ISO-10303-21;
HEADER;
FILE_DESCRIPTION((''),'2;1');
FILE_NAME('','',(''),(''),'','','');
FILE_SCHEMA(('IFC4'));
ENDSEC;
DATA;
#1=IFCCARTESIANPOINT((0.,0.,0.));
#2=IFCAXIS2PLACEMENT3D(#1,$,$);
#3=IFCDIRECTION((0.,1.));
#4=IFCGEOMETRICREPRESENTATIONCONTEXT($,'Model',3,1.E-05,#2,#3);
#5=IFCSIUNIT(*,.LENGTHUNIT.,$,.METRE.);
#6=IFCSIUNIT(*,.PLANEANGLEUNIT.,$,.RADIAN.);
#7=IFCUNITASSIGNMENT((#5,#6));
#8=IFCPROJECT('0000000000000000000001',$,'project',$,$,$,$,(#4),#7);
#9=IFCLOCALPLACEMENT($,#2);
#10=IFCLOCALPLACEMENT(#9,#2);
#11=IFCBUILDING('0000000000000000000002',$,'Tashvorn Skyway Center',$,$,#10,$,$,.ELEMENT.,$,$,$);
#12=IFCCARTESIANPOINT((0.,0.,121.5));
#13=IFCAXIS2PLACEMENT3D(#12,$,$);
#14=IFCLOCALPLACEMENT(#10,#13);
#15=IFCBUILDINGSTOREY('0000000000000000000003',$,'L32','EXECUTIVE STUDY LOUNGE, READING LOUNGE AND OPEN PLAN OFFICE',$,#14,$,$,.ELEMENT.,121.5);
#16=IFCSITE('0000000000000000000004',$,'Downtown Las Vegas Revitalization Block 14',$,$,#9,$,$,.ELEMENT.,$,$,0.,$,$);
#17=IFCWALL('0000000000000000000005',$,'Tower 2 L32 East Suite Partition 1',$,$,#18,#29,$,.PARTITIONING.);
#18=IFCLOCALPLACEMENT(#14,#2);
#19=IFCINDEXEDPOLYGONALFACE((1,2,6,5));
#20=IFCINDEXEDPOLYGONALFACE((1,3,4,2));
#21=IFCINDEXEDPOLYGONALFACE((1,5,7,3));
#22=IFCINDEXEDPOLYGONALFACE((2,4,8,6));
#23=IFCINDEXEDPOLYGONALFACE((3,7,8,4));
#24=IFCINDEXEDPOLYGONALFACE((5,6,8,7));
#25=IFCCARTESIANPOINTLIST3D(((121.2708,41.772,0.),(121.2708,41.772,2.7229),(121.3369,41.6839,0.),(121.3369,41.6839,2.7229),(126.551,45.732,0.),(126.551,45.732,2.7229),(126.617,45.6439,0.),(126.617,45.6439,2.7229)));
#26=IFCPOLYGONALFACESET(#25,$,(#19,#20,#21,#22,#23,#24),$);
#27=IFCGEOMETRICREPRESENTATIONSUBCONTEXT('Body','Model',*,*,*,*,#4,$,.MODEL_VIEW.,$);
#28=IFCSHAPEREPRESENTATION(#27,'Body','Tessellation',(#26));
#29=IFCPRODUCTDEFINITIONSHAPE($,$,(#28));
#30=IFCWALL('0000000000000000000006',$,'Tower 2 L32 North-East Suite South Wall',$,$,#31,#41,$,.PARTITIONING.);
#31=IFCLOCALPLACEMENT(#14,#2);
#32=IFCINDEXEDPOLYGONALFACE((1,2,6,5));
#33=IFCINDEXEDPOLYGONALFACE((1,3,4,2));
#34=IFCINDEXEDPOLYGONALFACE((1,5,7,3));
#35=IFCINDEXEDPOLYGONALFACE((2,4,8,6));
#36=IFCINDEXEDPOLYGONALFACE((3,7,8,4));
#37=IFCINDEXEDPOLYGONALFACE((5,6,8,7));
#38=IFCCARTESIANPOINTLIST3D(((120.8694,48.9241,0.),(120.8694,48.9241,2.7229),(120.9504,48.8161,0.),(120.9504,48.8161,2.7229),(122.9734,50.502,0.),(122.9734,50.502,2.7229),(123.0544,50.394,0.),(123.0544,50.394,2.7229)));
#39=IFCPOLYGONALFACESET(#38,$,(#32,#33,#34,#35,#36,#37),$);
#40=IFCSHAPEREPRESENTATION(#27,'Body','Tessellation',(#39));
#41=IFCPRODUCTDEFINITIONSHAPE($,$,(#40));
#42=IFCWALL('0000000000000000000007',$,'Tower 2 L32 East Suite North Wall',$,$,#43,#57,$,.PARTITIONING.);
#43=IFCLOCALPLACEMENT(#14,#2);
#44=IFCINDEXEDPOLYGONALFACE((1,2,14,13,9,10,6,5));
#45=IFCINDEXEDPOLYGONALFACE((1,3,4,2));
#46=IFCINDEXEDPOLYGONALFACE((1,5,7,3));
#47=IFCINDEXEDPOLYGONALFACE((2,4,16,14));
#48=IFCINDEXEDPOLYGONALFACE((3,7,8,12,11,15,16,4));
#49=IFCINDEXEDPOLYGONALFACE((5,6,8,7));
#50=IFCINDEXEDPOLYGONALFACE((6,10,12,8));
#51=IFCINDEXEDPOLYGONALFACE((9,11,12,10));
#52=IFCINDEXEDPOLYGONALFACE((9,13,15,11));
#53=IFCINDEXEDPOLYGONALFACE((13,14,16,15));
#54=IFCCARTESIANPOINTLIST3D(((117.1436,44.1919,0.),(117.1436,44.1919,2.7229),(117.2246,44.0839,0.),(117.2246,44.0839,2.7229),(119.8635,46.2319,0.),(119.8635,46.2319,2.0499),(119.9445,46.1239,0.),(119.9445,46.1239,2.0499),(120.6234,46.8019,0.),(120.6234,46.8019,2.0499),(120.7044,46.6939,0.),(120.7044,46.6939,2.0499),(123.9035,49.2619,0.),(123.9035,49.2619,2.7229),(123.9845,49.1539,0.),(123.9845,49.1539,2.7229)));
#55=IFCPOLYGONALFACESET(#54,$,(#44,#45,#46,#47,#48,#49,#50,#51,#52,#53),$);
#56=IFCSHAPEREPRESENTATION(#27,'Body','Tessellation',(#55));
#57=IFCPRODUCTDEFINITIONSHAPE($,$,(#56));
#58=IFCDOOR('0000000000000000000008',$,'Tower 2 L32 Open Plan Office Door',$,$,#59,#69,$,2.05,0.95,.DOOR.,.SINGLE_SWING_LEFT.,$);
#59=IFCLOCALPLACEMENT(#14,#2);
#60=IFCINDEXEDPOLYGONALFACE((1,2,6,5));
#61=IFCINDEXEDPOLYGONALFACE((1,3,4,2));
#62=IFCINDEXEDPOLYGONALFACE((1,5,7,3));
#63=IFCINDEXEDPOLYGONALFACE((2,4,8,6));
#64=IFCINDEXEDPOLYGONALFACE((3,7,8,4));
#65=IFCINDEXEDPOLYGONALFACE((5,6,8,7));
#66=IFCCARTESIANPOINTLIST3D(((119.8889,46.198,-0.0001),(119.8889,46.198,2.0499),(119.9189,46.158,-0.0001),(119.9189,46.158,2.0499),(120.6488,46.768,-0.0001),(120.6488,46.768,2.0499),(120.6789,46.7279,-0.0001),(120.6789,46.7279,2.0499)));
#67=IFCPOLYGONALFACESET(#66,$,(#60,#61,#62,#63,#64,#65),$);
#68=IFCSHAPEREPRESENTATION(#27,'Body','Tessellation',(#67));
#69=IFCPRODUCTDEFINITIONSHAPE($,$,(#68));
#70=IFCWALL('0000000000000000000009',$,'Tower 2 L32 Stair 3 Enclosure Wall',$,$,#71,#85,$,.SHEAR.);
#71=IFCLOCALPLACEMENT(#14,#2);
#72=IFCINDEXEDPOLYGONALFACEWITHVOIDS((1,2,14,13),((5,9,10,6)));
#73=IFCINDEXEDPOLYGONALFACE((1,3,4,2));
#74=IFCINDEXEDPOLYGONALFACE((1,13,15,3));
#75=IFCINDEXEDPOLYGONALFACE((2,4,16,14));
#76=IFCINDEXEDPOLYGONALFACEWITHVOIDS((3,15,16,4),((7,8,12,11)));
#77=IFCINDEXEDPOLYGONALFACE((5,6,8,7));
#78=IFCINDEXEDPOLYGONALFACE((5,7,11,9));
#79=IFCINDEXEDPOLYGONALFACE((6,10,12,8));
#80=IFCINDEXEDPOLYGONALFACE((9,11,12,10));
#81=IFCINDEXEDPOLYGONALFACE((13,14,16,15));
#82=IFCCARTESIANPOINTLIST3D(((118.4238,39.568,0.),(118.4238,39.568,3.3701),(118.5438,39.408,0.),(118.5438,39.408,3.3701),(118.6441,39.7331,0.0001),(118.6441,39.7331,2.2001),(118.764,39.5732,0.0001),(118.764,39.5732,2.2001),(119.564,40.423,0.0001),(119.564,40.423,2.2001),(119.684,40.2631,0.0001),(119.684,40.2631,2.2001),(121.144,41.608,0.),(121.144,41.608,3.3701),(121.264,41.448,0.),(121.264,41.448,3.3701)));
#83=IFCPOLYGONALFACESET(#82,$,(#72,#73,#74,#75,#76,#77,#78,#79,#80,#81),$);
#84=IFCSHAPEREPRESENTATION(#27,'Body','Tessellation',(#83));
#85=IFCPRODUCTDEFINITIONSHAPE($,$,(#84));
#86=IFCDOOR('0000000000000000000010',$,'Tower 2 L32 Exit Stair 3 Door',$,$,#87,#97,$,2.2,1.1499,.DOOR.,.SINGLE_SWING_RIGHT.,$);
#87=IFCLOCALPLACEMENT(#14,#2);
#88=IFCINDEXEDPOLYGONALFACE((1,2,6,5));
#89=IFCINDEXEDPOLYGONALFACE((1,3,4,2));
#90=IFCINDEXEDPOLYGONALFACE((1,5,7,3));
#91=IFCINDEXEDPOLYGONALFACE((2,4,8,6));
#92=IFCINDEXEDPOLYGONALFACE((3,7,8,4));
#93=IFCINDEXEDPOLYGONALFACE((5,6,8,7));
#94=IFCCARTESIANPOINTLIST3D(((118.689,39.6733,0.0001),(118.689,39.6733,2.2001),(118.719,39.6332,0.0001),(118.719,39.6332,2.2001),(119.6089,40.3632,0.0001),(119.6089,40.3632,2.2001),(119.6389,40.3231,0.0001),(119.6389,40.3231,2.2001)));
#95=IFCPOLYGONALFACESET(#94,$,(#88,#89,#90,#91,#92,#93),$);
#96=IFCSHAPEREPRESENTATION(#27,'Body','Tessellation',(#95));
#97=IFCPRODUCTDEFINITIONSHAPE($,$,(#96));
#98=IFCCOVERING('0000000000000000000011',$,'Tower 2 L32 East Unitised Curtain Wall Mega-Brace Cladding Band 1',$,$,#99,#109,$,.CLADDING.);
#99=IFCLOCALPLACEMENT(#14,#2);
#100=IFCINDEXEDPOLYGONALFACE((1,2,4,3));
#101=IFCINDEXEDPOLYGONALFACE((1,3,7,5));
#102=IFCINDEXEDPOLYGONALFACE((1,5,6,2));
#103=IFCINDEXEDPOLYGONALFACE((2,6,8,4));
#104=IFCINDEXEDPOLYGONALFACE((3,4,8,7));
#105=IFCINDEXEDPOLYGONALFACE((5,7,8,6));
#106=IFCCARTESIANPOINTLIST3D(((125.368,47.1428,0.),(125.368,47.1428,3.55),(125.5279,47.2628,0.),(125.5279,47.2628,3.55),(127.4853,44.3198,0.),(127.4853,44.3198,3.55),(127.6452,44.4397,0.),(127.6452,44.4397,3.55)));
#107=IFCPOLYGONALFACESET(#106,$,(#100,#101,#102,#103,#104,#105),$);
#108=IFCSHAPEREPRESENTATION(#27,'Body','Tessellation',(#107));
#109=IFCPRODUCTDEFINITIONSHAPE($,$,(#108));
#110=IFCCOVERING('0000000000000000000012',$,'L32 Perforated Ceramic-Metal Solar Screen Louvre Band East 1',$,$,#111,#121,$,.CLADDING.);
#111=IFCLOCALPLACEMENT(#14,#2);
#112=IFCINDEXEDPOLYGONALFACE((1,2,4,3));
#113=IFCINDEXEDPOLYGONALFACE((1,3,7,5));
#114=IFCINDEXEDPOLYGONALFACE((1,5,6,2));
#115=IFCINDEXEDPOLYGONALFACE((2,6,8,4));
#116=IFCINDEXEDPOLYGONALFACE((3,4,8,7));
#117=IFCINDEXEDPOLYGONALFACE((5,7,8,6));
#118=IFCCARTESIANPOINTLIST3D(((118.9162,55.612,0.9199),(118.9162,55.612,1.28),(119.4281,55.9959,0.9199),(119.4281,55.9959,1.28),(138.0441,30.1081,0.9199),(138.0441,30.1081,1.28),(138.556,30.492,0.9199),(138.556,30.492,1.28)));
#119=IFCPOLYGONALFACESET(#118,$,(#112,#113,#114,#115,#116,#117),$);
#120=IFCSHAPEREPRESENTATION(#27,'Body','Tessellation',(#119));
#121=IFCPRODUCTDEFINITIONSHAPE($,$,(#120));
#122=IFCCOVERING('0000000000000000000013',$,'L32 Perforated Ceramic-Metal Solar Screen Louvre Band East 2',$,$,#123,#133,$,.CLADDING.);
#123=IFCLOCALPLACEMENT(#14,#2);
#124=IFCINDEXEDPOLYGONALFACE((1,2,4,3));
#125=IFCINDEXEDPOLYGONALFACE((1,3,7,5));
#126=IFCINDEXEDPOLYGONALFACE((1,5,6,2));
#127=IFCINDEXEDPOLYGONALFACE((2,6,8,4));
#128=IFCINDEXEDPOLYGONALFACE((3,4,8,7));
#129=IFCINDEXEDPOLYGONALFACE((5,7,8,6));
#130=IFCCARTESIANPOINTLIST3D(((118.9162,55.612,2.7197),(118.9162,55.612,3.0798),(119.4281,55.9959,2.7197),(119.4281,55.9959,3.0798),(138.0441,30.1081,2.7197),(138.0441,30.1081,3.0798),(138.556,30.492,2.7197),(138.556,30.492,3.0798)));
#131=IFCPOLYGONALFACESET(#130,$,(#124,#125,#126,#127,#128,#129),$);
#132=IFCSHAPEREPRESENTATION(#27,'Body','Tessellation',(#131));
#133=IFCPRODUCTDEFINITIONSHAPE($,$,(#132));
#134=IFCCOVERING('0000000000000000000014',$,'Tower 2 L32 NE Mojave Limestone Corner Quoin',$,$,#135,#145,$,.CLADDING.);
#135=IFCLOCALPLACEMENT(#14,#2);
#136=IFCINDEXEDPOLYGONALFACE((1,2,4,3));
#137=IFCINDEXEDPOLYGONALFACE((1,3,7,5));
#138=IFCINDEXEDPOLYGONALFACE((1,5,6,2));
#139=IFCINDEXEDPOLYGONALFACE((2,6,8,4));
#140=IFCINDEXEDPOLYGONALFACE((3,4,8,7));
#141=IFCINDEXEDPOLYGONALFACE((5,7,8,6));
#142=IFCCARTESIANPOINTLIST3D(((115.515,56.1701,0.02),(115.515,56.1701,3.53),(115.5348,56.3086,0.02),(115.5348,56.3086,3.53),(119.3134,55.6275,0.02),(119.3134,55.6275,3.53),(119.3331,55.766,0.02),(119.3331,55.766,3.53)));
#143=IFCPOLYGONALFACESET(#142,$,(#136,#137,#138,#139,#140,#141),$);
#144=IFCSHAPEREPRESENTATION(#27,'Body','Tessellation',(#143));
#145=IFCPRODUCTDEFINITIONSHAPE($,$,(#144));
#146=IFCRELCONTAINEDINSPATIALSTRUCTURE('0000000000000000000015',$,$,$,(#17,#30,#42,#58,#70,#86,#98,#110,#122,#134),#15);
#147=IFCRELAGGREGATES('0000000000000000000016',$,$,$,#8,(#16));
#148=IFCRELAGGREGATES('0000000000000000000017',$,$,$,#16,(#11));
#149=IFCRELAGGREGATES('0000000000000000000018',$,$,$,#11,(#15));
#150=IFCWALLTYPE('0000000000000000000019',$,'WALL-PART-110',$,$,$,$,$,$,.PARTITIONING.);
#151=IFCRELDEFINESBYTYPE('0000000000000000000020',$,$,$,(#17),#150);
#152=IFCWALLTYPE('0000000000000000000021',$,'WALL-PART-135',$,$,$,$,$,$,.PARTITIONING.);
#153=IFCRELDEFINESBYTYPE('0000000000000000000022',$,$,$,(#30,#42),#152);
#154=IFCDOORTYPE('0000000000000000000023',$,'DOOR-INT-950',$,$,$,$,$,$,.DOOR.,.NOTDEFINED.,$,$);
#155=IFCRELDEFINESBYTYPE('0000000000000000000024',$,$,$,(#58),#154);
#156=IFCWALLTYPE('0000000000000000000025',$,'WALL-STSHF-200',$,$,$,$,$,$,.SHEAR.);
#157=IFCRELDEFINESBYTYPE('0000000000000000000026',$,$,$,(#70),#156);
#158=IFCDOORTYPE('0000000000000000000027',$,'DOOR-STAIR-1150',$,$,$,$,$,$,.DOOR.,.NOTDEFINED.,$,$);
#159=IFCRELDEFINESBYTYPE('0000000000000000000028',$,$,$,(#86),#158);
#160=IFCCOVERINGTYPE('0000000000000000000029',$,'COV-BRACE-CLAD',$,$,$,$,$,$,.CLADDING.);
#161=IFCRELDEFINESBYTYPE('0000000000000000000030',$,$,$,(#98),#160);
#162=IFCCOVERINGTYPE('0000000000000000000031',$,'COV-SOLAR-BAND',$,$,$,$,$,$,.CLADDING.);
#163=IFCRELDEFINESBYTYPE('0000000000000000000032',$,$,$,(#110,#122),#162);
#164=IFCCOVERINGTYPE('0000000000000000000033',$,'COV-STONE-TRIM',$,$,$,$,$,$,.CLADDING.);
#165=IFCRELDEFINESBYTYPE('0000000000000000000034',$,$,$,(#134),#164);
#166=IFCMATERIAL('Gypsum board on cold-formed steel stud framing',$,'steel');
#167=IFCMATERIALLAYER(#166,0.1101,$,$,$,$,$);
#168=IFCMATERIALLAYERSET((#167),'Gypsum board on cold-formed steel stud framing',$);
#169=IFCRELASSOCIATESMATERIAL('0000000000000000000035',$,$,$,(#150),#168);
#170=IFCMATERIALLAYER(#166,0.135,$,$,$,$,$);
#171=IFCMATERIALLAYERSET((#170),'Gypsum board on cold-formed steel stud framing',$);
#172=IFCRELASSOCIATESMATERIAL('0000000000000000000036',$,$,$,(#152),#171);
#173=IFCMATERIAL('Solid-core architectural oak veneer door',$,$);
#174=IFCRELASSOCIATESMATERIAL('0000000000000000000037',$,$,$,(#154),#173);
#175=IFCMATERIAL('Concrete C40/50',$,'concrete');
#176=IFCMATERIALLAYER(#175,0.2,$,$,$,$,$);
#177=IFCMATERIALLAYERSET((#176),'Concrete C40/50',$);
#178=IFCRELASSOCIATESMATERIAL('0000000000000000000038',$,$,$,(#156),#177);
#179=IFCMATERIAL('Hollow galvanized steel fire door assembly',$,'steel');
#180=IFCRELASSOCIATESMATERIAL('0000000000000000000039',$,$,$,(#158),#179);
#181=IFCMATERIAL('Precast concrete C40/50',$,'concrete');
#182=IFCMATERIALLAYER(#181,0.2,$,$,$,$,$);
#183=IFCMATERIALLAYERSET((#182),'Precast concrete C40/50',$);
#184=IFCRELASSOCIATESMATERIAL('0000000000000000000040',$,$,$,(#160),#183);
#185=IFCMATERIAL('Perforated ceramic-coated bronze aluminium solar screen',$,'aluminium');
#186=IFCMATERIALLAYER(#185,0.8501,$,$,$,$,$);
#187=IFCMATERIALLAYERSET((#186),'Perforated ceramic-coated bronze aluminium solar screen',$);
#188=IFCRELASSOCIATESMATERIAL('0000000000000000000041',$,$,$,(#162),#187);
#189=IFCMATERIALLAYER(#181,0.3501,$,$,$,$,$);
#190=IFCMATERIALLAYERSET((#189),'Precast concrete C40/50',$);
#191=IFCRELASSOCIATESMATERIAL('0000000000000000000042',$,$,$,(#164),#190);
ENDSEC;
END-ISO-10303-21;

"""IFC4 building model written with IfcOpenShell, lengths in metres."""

from ifc_helpers import new_model, si_unit, direction, frame, frame_2d, origin, origin_2d, place, context, subcontext, project, spatial, rectangle, extrude, material, layer, layer_set, type_object, element, fill, save


model = new_model("IFC4")

# Units and contexts
model_context = context("Model", 3, precision=1e-05, world=origin(), true_north=direction((0.0, 1.0)))
body_context = subcontext(model_context, "Body", "Model", "MODEL_VIEW")
ifc_project = project(units=[si_unit("LENGTHUNIT", "METRE"), si_unit("PLANEANGLEUNIT", "RADIAN")], contexts=[model_context])

# Site, building, storey
site_placement = place(None, origin())
site = spatial("IfcSite", under=ifc_project, at=site_placement, Name="Downtown Las Vegas Revitalization Block 14", CompositionType="ELEMENT", RefElevation=0.0)
building_placement = place(site_placement, origin())
building = spatial("IfcBuilding", under=site, at=building_placement, Name="Tashvorn Skyway Center", CompositionType="ELEMENT")
storey_placement = place(building_placement, frame((0.0, 0.0, 121.5)))
storey = spatial("IfcBuildingStorey", under=building, at=storey_placement, Name="L32", Description="EXECUTIVE STUDY LOUNGE, READING LOUNGE AND OPEN PLAN OFFICE", CompositionType="ELEMENT", Elevation=121.5)

# Walls
ifc_material_1 = material(Name="Precast concrete C40/50", Category="concrete")
ifc_material_2 = material(Name="Gypsum board on cold-formed steel stud framing", Category="steel")
ifc_layer_1 = layer(ifc_material_2, 0.1101)
ifc_layer_set_1 = layer_set([ifc_layer_1], Name="Gypsum board on cold-formed steel stud framing")
wall_type_1 = type_object("IfcWallType", Name="WALL-PART-110", PredefinedType="PARTITIONING", material=ifc_layer_set_1)
wall_1_placement = place(storey_placement, frame((126.584, 45.688, 0.0), z_axis=(0.0, 0.0, 1.0), x_axis=(-0.800004, -0.599994, 0.0)))
element("IfcWall", 1, at=wall_1_placement, inside=storey, type_object=wall_type_1, Name="Tower 2 L32 East Suite Partition 1", PredefinedType="PARTITIONING", context=body_context, shape_type="SweptSolid", body=[
    extrude(rectangle(XDim=6.6001, YDim=0.1101, at=frame_2d((3.3, 0.0))), origin(), (0.0, 0.0, 1.0), 2.7229),
])
ifc_layer_2 = layer(ifc_material_2, 0.135)
ifc_layer_set_2 = layer_set([ifc_layer_2], Name="Gypsum board on cold-formed steel stud framing")
wall_type_2 = type_object("IfcWallType", Name="WALL-PART-135", PredefinedType="PARTITIONING", material=ifc_layer_set_2)
wall_2_placement = place(storey_placement, frame((120.9099, 48.8701, 0.0), z_axis=(0.0, 0.0, 1.0), x_axis=(0.800022, 0.59997, 0.0)))
element("IfcWall", 2, at=wall_2_placement, inside=storey, type_object=wall_type_2, Name="Tower 2 L32 North-East Suite South Wall", PredefinedType="PARTITIONING", context=body_context, shape_type="SweptSolid", body=[
    extrude(rectangle(XDim=2.6299, YDim=0.135, at=frame_2d((1.3149, 0.0))), origin(), (0.0, 0.0, 1.0), 2.7229),
])

# Walls, openings, doors
wall_3_placement = place(storey_placement, frame((123.9441, 49.208, 0.0), z_axis=(0.0, 0.0, 1.0), x_axis=(-0.799997, -0.600005, 0.0)))
wall_3 = element("IfcWall", 3, at=wall_3_placement, inside=storey, type_object=wall_type_2, Name="Tower 2 L32 East Suite North Wall", PredefinedType="PARTITIONING", context=body_context, shape_type="SweptSolid", body=[
    extrude(rectangle(XDim=8.45, YDim=0.135, at=frame_2d((4.2251, 0.0))), origin(), (0.0, 0.0, 1.0), 2.7229),
])
opening_1_placement = place(wall_3_placement, frame((4.1001, 0.0, 0.0)))
opening_1 = element("IfcOpeningElement", 4, at=opening_1_placement, cuts=wall_3, PredefinedType="OPENING", context=body_context, shape_type="SweptSolid", body=[
    extrude(rectangle(XDim=0.95, YDim=2.05, at=frame_2d((0.4751, 1.0249))), frame((0.0, 0.0774, 0.0), z_axis=(0.0, -1.0, 0.0), x_axis=(1.0, 0.0, 0.0)), (0.0, 0.0, 1.0), 0.155),
])
ifc_material_3 = material(Name="Solid-core architectural oak veneer door")
door_type_1 = type_object("IfcDoorType", Name="DOOR-INT-950", OperationType="NOTDEFINED", PredefinedType="DOOR", material=ifc_material_3)
door_1_placement = place(opening_1_placement, origin())
door_1 = element("IfcDoor", 5, at=door_1_placement, inside=storey, type_object=door_type_1, Name="Tower 2 L32 Open Plan Office Door", OperationType="SINGLE_SWING_LEFT", OverallHeight=2.05, OverallWidth=0.95, PredefinedType="DOOR", context=body_context, shape_type="SweptSolid", body=[
    extrude(rectangle(XDim=0.95, YDim=2.05, at=frame_2d((0.4751, 1.0249))), frame((0.0, 0.0249, 0.0), z_axis=(0.0, -1.0, 0.0), x_axis=(1.0, 0.0, 0.0)), (0.0, 0.0, 1.0), 0.05),
])
fill(opening_1, door_1)
ifc_material_4 = material(Name="Concrete C40/50", Category="concrete")
ifc_layer_3 = layer(ifc_material_4, 0.2)
ifc_layer_set_3 = layer_set([ifc_layer_3], Name="Concrete C40/50")
wall_type_3 = type_object("IfcWallType", Name="WALL-STSHF-200", PredefinedType="SHEAR", material=ifc_layer_set_3)
wall_4_placement = place(storey_placement, frame((121.2041, 41.5281, 0.0), z_axis=(0.0, 0.0, 1.0), x_axis=(-0.800017, -0.599977, 0.0)))
wall_4 = element("IfcWall", 6, at=wall_4_placement, inside=storey, type_object=wall_type_3, Name="Tower 2 L32 Stair 3 Enclosure Wall", PredefinedType="SHEAR", context=body_context, shape_type="SweptSolid", body=[
    extrude(rectangle(XDim=3.4001, YDim=0.2, at=frame_2d((1.7002, 0.0))), origin(), (0.0, 0.0, 1.0), 3.3701),
])
opening_2_placement = place(wall_4_placement, frame((1.9751, 0.0, 0.0)))
opening_2 = element("IfcOpeningElement", 7, at=opening_2_placement, cuts=wall_4, PredefinedType="OPENING", context=body_context, shape_type="SweptSolid", body=[
    extrude(rectangle(XDim=1.1499, YDim=2.2, at=frame_2d((0.575, 1.1001))), frame((0.0, 0.1099, 0.0), z_axis=(0.0, -1.0, 0.0), x_axis=(1.0, 0.0, 0.0)), (0.0, 0.0, 1.0), 0.22),
])
ifc_material_5 = material(Name="Hollow galvanized steel fire door assembly", Category="steel")
door_type_2 = type_object("IfcDoorType", Name="DOOR-STAIR-1150", OperationType="NOTDEFINED", PredefinedType="DOOR", material=ifc_material_5)
door_2_placement = place(opening_2_placement, origin())
door_2 = element("IfcDoor", 8, at=door_2_placement, inside=storey, type_object=door_type_2, Name="Tower 2 L32 Exit Stair 3 Door", OperationType="SINGLE_SWING_RIGHT", OverallHeight=2.2, OverallWidth=1.1499, PredefinedType="DOOR", context=body_context, shape_type="SweptSolid", body=[
    extrude(rectangle(XDim=1.1499, YDim=2.2, at=frame_2d((0.575, 1.1001))), frame((0.0, 0.0249, 0.0), z_axis=(0.0, -1.0, 0.0), x_axis=(1.0, 0.0, 0.0)), (0.0, 0.0, 1.0), 0.05),
])
fill(opening_2, door_2)

# Coverings
ifc_layer_4 = layer(ifc_material_1, 0.2)
ifc_layer_set_4 = layer_set([ifc_layer_4], Name="Precast concrete C40/50")
covering_type_1 = type_object("IfcCoveringType", Name="COV-BRACE-CLAD", PredefinedType="CLADDING", material=ifc_layer_set_4)
covering_1_placement = place(storey_placement, frame((126.5066, 45.7913, 0.0), z_axis=(0.0, 0.0, 1.0), x_axis=(0.6, -0.8, 0.0)))
element("IfcCovering", 9, at=covering_1_placement, inside=storey, type_object=covering_type_1, Name="Tower 2 L32 East Unitised Curtain Wall Mega-Brace Cladding Band 1", PredefinedType="CLADDING", context=body_context, shape_type="SweptSolid", body=[
    extrude(rectangle(XDim=3.5288, YDim=0.2, at=origin_2d()), origin(), (0.0, 0.0, 1.0), 3.55),
])
ifc_material_6 = material(Name="Perforated ceramic-coated bronze aluminium solar screen", Category="aluminium")
ifc_layer_5 = layer(ifc_material_6, 0.8501)
ifc_layer_set_5 = layer_set([ifc_layer_5], Name="Perforated ceramic-coated bronze aluminium solar screen")
covering_type_2 = type_object("IfcCoveringType", Name="COV-SOLAR-BAND", PredefinedType="CLADDING", material=ifc_layer_set_5)
for number, where, z_axis, x_axis, name in (
    (10, (128.7361, 43.052, 0.9199), (0.0, 0.0, 1.0), (0.6, -0.8, 0.0), "L32 Perforated Ceramic-Metal Solar Screen Louvre Band East 1"),
    (11, (128.7361, 43.052, 2.7197), (0.0, 0.0, 1.0), (0.6, -0.8, 0.0), "L32 Perforated Ceramic-Metal Solar Screen Louvre Band East 2"),
):
    element("IfcCovering", number, at=place(storey_placement, frame(where, z_axis=z_axis, x_axis=x_axis)), inside=storey, type_object=covering_type_2, Name=name, PredefinedType="CLADDING", context=body_context, shape_type="SweptSolid", body=[
        extrude(rectangle(XDim=31.8799, YDim=0.6399, at=origin_2d()), origin(), (0.0, 0.0, 1.0), 0.3601),
    ])
ifc_layer_6 = layer(ifc_material_1, 0.3501)
ifc_layer_set_6 = layer_set([ifc_layer_6], Name="Precast concrete C40/50")
covering_type_3 = type_object("IfcCoveringType", Name="COV-STONE-TRIM", PredefinedType="CLADDING", material=ifc_layer_set_6)
covering_2_placement = place(storey_placement, frame((117.4241, 55.968, 0.02), z_axis=(0.0, 0.0, 1.0), x_axis=(0.989949, -0.141421, 0.0)))
element("IfcCovering", 12, at=covering_2_placement, inside=storey, type_object=covering_type_3, Name="Tower 2 L32 NE Mojave Limestone Corner Quoin", PredefinedType="CLADDING", context=body_context, shape_type="SweptSolid", body=[
    extrude(rectangle(XDim=3.8369, YDim=0.1399, at=origin_2d()), origin(), (0.0, 0.0, 1.0), 3.51),
])

save(model, "model.ifc")
